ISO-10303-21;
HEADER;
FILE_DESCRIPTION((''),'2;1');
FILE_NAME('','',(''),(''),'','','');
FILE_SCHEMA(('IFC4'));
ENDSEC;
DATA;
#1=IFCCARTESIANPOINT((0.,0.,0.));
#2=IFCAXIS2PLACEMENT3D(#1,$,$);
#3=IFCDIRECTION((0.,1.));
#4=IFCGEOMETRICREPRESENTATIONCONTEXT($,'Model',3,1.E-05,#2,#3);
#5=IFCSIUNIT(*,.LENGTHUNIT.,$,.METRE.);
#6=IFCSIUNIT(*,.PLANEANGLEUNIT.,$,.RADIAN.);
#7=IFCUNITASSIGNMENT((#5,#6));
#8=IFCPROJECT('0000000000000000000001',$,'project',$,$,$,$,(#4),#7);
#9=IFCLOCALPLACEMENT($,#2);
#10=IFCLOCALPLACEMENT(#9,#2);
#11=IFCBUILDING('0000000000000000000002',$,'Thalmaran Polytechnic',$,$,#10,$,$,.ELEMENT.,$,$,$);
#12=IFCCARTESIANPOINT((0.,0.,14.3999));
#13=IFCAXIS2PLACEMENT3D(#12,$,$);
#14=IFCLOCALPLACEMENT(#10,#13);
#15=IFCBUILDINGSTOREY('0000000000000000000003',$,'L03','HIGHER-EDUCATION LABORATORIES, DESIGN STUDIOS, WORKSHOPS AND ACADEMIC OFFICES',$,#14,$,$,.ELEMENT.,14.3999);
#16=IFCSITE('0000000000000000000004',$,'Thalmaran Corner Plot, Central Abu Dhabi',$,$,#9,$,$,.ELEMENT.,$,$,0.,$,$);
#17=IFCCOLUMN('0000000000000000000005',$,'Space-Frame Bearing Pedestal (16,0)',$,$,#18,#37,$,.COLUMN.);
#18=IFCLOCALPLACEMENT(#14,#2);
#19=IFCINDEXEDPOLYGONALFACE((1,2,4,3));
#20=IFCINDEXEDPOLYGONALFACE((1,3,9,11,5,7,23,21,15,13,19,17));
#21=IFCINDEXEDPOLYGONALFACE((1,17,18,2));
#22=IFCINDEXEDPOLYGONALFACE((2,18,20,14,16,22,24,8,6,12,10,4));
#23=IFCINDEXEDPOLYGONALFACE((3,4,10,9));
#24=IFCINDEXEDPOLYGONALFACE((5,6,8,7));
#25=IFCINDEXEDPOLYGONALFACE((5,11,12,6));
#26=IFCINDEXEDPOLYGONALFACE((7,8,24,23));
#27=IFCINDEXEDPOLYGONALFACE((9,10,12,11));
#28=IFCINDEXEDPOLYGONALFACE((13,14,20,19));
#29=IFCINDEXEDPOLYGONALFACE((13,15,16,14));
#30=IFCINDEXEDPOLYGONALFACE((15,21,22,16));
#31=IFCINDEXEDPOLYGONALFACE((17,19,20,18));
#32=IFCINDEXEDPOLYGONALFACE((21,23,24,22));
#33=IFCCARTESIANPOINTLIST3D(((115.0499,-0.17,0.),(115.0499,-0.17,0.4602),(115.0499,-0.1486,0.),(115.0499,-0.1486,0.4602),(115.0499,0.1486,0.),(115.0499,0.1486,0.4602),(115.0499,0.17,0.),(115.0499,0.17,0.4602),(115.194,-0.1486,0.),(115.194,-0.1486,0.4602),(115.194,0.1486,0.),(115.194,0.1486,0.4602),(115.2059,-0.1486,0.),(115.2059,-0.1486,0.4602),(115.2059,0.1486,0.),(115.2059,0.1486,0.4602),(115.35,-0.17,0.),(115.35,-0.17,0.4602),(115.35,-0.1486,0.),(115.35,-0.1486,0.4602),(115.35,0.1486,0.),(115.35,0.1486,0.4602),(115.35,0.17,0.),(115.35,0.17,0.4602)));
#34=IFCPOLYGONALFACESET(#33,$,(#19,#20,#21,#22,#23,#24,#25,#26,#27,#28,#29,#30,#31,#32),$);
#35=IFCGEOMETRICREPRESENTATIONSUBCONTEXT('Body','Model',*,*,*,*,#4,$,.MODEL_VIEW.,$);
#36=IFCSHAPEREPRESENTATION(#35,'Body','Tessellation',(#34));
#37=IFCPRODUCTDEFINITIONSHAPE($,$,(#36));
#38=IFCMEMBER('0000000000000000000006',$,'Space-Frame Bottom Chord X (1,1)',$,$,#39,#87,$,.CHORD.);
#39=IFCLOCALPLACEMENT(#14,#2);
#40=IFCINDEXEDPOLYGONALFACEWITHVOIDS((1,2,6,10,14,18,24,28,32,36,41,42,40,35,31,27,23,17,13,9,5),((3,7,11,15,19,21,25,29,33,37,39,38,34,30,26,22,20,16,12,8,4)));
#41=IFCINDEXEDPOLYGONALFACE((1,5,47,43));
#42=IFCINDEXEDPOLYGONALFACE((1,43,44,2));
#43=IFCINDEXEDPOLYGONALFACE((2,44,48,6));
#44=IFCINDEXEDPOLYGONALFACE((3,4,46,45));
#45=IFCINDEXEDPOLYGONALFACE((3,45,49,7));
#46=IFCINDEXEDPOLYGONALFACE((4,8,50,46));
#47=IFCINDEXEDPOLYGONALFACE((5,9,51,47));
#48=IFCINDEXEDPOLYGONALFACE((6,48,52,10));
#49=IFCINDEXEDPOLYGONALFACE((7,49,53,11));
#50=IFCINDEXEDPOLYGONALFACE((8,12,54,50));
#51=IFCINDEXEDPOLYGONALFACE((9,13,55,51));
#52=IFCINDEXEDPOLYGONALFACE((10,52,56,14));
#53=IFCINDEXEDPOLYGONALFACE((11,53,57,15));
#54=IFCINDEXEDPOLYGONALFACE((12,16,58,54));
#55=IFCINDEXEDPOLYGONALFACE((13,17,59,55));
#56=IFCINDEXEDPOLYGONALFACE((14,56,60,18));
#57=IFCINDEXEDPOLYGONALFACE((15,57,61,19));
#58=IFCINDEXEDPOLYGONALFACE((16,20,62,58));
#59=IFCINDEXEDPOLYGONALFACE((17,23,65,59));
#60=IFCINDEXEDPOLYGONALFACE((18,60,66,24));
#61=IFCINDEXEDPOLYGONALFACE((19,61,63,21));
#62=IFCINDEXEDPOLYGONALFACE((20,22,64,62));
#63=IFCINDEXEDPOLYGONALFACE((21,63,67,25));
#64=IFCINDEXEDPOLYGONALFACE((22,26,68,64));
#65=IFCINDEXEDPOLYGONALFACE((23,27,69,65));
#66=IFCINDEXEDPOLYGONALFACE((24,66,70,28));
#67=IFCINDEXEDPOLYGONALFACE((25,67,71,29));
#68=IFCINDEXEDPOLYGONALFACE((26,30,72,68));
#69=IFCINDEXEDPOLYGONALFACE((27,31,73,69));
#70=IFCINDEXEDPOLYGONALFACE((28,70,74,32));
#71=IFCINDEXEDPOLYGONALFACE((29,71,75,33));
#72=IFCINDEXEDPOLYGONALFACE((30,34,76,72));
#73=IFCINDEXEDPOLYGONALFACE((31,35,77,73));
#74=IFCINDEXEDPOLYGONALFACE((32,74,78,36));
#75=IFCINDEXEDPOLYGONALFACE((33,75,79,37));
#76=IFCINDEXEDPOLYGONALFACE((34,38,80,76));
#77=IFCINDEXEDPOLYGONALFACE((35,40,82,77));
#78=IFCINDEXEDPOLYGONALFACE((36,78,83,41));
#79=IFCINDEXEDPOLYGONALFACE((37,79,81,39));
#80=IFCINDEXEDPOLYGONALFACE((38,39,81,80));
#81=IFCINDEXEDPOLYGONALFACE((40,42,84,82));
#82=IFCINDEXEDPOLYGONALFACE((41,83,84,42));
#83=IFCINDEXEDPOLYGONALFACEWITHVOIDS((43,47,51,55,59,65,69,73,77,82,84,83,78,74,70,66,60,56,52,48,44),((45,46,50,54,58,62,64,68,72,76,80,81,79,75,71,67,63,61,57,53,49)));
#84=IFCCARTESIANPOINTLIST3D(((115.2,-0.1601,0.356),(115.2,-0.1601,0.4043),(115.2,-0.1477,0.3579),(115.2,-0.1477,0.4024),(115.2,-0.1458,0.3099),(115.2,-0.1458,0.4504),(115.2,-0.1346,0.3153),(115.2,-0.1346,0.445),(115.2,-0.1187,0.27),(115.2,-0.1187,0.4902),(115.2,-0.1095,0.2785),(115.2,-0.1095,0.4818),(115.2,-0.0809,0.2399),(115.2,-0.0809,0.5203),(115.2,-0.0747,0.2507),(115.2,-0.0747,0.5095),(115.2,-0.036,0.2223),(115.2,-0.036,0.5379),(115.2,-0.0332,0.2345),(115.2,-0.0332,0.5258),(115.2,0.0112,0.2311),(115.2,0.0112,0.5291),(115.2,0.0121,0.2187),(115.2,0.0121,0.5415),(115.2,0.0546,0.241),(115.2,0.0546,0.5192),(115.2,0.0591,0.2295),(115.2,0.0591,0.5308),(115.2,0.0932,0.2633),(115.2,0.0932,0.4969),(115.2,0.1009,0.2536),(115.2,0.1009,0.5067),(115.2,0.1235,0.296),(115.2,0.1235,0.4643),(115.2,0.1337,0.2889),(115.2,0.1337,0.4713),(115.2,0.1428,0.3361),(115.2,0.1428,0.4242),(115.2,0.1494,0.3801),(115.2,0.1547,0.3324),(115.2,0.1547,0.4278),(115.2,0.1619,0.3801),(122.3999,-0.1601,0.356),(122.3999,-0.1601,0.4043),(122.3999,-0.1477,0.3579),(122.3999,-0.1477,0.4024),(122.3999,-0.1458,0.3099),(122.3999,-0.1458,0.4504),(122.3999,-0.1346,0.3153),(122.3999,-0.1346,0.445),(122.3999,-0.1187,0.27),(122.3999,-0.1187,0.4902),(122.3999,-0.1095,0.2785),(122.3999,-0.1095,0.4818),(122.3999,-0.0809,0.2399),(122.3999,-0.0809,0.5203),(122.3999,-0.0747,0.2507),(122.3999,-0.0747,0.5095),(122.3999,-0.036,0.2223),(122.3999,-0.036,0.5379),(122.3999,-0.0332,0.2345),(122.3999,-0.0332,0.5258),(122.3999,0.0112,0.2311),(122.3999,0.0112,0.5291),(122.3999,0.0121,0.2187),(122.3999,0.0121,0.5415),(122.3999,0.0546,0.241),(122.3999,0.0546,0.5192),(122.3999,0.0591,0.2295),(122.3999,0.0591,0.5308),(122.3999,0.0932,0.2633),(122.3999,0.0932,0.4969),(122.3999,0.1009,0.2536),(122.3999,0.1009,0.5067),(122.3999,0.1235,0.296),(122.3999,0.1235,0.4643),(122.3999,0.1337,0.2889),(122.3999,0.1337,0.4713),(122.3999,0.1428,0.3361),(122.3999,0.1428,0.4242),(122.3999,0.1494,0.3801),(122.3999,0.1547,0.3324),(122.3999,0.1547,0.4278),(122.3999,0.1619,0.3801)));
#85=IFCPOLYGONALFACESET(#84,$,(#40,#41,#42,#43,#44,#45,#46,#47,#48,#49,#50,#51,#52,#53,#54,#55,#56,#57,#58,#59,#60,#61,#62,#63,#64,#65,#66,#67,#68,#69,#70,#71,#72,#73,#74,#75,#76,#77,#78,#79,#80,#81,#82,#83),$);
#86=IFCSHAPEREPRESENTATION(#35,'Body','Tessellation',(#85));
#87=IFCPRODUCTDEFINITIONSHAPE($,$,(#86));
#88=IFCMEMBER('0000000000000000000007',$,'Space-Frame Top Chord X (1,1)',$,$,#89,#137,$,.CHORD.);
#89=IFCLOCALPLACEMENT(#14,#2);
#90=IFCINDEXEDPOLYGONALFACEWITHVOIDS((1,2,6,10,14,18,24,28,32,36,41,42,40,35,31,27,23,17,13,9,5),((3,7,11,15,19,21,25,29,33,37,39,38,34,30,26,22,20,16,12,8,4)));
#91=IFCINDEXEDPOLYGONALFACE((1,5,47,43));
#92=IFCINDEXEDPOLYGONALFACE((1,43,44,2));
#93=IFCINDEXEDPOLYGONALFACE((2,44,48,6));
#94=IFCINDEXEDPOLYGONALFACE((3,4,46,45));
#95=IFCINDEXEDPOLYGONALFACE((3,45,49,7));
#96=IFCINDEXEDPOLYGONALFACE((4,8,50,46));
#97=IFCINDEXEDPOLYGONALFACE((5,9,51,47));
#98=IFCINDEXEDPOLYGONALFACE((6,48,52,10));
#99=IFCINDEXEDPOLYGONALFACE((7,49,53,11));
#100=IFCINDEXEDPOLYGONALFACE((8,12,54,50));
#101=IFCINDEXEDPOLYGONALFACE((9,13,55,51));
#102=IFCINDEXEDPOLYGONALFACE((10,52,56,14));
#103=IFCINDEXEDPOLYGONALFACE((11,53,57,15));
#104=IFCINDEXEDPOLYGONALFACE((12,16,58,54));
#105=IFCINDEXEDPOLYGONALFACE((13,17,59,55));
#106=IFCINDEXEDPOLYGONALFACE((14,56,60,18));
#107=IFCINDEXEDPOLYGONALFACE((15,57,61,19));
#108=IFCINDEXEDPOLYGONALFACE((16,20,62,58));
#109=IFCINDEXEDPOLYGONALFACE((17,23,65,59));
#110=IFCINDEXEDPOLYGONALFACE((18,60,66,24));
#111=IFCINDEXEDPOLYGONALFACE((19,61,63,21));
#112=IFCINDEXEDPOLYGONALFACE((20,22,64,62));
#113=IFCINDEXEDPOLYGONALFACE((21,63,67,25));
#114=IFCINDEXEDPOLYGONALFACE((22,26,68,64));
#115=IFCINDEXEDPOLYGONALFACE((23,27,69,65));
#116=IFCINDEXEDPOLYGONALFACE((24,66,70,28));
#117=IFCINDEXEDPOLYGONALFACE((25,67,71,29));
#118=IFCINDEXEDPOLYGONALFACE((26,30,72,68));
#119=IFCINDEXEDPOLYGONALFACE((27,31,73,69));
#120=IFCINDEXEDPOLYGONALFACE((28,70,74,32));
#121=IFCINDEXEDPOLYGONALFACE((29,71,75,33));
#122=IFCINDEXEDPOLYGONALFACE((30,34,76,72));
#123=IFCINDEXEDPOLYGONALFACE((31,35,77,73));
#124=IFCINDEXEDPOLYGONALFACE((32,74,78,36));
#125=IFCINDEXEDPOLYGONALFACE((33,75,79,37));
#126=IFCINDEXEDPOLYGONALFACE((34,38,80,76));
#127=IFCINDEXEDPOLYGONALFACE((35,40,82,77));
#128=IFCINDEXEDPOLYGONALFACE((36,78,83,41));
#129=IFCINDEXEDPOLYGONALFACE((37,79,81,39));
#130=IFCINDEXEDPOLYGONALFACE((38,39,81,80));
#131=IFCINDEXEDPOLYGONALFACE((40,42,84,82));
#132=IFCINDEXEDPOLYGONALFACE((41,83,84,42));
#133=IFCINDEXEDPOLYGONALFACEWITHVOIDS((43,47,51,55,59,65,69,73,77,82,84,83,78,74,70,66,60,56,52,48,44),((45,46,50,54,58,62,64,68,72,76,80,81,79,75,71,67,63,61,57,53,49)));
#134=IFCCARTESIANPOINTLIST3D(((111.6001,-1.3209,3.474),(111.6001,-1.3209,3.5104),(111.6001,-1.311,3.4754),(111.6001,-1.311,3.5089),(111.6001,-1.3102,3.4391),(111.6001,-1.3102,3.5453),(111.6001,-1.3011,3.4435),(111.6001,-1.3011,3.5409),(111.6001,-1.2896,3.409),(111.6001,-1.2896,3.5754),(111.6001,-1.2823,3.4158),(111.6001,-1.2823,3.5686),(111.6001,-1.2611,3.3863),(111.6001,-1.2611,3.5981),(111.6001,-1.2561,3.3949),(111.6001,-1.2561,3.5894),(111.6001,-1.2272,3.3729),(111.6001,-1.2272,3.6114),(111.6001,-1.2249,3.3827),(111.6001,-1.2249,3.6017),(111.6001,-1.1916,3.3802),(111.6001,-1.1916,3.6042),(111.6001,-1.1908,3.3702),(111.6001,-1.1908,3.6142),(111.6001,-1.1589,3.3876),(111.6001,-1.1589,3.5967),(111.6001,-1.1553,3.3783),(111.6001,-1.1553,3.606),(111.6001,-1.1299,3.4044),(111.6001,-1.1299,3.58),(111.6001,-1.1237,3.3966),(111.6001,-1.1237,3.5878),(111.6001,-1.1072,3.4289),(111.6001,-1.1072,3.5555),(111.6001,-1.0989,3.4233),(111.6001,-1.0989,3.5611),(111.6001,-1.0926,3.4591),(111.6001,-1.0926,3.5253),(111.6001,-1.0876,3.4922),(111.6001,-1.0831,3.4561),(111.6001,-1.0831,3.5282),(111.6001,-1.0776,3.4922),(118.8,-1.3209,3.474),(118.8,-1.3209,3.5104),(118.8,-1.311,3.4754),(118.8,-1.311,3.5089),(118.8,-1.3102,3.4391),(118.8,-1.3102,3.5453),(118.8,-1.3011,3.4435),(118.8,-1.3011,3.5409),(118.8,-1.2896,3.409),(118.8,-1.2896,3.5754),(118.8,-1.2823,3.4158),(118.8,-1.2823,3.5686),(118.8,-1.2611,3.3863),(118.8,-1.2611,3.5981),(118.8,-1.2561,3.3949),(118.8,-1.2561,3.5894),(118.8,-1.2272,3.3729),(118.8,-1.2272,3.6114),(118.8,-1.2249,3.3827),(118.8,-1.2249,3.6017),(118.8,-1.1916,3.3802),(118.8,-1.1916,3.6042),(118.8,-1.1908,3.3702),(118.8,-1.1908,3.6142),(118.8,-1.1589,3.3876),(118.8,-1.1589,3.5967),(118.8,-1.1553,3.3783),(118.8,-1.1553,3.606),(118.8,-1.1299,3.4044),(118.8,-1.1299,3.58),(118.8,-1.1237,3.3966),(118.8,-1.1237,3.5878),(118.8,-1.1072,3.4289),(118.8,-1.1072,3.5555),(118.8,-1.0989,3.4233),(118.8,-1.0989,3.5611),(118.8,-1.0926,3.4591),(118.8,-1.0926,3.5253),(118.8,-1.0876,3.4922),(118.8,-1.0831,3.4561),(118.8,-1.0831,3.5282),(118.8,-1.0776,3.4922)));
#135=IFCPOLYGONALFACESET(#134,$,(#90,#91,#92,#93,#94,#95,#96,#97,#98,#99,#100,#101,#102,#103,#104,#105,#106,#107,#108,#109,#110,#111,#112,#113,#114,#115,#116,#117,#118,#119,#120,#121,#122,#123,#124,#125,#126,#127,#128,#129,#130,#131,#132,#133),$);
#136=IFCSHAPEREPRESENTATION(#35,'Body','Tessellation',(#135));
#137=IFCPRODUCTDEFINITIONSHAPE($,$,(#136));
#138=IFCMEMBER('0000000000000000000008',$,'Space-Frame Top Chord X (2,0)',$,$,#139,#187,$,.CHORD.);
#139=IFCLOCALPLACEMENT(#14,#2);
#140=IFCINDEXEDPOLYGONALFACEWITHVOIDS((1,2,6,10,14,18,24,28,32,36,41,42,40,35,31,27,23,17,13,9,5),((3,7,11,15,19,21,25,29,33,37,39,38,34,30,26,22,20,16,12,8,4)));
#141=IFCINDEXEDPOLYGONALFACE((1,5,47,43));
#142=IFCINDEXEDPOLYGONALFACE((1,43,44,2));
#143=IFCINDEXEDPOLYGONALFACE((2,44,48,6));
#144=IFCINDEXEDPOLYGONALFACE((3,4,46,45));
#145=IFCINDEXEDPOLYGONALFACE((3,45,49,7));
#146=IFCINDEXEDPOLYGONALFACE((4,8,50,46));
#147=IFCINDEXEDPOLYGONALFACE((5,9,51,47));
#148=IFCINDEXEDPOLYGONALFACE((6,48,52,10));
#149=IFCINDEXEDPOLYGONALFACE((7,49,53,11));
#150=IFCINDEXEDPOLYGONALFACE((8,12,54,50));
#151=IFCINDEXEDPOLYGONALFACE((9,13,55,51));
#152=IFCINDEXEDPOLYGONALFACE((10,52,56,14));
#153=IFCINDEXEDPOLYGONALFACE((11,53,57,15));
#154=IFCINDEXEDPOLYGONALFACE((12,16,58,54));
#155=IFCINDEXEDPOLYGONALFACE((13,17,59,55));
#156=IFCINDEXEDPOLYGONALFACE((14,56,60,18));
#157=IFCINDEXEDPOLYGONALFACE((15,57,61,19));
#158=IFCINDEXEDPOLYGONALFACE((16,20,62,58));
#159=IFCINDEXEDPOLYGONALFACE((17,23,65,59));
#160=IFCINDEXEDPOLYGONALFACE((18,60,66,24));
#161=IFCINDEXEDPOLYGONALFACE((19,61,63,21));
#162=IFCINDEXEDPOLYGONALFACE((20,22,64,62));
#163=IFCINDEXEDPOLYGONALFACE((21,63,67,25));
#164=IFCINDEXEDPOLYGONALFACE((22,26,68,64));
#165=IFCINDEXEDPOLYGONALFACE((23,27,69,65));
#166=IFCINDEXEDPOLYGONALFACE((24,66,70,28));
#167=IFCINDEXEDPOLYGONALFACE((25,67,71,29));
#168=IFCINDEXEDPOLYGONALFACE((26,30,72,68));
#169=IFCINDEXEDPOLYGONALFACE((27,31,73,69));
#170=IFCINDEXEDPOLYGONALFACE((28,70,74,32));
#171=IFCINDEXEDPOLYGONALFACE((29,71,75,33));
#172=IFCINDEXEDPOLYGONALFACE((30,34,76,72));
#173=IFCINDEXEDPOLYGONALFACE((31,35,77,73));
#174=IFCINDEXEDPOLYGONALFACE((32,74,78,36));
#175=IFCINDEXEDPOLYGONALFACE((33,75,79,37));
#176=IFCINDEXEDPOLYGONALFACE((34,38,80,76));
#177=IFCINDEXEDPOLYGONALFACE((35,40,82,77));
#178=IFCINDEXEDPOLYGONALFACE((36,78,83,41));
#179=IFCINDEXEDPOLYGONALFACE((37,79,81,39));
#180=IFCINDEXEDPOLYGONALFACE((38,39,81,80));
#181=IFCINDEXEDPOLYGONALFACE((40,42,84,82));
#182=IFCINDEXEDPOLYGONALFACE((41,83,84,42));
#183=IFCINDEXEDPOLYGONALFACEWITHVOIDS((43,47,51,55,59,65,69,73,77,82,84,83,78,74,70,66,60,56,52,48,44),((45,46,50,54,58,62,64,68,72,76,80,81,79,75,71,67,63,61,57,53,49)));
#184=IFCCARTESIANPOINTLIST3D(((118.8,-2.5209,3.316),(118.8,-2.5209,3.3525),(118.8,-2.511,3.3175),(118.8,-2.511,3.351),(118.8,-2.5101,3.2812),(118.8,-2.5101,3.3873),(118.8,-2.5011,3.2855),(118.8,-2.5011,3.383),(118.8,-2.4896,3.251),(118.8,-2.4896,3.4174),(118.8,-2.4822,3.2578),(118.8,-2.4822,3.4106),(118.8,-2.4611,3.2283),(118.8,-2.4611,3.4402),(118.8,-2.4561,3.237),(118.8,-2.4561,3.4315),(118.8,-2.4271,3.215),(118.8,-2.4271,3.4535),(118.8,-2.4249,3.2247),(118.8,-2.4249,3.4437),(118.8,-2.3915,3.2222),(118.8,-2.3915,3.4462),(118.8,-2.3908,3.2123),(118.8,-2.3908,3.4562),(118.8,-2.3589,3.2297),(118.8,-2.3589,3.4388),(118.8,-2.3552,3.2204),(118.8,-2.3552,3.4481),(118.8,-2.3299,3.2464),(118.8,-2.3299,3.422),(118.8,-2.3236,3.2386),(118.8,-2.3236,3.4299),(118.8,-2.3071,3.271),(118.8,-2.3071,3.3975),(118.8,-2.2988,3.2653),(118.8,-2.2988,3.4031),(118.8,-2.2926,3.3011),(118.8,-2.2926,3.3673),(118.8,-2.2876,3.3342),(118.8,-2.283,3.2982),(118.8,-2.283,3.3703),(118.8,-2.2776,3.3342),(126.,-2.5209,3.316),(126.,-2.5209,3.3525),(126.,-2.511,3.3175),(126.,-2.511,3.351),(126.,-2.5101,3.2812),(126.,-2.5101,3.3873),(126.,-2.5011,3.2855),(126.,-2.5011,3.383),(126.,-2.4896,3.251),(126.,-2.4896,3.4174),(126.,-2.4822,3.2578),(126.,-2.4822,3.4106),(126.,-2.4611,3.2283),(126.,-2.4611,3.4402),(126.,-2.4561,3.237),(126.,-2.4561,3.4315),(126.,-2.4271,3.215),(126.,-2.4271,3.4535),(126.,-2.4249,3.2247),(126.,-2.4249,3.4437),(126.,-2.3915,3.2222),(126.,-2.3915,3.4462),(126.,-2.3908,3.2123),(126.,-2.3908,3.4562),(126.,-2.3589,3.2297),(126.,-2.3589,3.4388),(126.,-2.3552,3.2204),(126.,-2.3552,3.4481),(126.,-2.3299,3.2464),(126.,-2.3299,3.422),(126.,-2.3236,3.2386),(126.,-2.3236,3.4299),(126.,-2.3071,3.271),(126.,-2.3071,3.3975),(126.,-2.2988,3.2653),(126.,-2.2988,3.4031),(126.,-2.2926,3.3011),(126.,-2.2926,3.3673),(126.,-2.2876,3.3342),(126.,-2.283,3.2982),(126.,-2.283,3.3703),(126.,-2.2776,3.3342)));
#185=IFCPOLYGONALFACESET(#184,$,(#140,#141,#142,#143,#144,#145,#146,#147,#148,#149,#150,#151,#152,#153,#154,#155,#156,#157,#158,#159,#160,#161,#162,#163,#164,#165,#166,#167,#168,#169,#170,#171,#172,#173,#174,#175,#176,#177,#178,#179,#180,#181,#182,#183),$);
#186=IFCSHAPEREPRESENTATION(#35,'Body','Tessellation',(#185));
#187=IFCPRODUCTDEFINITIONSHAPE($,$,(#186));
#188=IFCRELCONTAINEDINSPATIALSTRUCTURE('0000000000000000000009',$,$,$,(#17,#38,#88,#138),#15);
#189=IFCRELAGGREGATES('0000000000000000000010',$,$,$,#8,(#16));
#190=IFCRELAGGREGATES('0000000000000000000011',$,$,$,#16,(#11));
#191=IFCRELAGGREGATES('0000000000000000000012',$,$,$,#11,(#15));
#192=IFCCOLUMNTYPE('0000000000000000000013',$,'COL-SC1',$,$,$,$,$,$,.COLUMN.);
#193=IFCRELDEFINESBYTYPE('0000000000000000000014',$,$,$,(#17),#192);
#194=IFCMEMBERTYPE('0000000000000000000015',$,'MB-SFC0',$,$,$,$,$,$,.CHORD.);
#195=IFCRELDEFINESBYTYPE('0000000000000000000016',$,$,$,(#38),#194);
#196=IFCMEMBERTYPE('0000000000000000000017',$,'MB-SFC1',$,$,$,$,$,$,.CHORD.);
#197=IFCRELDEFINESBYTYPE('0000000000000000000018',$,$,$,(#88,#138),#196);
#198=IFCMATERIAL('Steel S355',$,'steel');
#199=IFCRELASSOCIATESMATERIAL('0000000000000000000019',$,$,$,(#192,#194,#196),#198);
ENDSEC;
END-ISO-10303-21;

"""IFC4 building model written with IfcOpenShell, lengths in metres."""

from ifc_helpers import new_model, si_unit, direction, frame, origin, origin_2d, place, context, subcontext, project, spatial, hollow_circle, i_section, extrude, material, material_profile, profile_set, type_object, element, save


model = new_model("IFC4")

# Units and contexts
model_context = context("Model", 3, precision=1e-05, world=origin(), true_north=direction((0.0, 1.0)))
body_context = subcontext(model_context, "Body", "Model", "MODEL_VIEW")
ifc_project = project(units=[si_unit("LENGTHUNIT", "METRE"), si_unit("PLANEANGLEUNIT", "RADIAN")], contexts=[model_context])

# Site, building, storey
site_placement = place(None, origin())
site = spatial("IfcSite", under=ifc_project, at=site_placement, Name="Thalmaran Corner Plot, Central Abu Dhabi", CompositionType="ELEMENT", RefElevation=0.0)
building_placement = place(site_placement, origin())
building = spatial("IfcBuilding", under=site, at=building_placement, Name="Thalmaran Polytechnic", CompositionType="ELEMENT")
storey_placement = place(building_placement, frame((0.0, 0.0, 14.3999)))
storey = spatial("IfcBuildingStorey", under=building, at=storey_placement, Name="L03", Description="HIGHER-EDUCATION LABORATORIES, DESIGN STUDIOS, WORKSHOPS AND ACADEMIC OFFICES", CompositionType="ELEMENT", Elevation=14.3999)

# Column
ifc_material_1 = material(Name="Steel S355", Category="steel")
ifc_material_profile_1 = material_profile(ifc_material_1, i_section(OverallWidth=0.3, OverallDepth=0.3401, WebThickness=0.012, FlangeThickness=0.0215, at=origin_2d()), Name="HEB 340")
ifc_profile_set_1 = profile_set([ifc_material_profile_1], Name="Steel S355")
column_type = type_object("IfcColumnType", Name="COL-SC1", PredefinedType="COLUMN", material=ifc_profile_set_1)
column_placement = place(storey_placement, frame((115.2, 0.0, 0.0), z_axis=(0.0, 0.0, 1.0), x_axis=(1.0, 0.0, 0.0)))
element("IfcColumn", 1, at=column_placement, inside=storey, type_object=column_type, Name="Space-Frame Bearing Pedestal (16,0)", PredefinedType="COLUMN", context=body_context, shape_type="SweptSolid", body=[
    extrude(i_section(OverallWidth=0.3, OverallDepth=0.3401, WebThickness=0.012, FlangeThickness=0.0215, at=origin_2d()), origin(), (0.0, 0.0, 1.0), 0.4602),
])

# Members
ifc_material_profile_2 = material_profile(ifc_material_1, hollow_circle(Radius=0.1619, WallThickness=0.0125, at=origin_2d()), Name="CHS 323.9x12.5")
ifc_profile_set_2 = profile_set([ifc_material_profile_2], Name="Steel S355")
member_type_1 = type_object("IfcMemberType", Name="MB-SFC0", PredefinedType="CHORD", material=ifc_profile_set_2)
member_1_placement = place(storey_placement, frame((115.2, 0.0, 0.3801), z_axis=(1.0, 0.0, 0.0), x_axis=(0.0, 1.0, 0.0)))
element("IfcMember", 2, at=member_1_placement, inside=storey, type_object=member_type_1, Name="Space-Frame Bottom Chord X (1,1)", PredefinedType="CHORD", context=body_context, shape_type="SweptSolid", body=[
    extrude(hollow_circle(Radius=0.1619, WallThickness=0.0125, at=origin_2d()), origin(), (0.0, 0.0, 1.0), 7.2),
])
ifc_material_profile_3 = material_profile(ifc_material_1, hollow_circle(Radius=0.1223, WallThickness=0.01, at=origin_2d()), Name="CHS 244.5x10.0")
ifc_profile_set_3 = profile_set([ifc_material_profile_3], Name="Steel S355")
member_type_2 = type_object("IfcMemberType", Name="MB-SFC1", PredefinedType="CHORD", material=ifc_profile_set_3)
for number, where, z_axis, x_axis, name in (
    (3, (111.6001, -1.2, 3.4922), (1.0, 0.0, 0.0), (0.0, 1.0, 0.0), "Space-Frame Top Chord X (1,1)"),
    (4, (118.8, -2.3999, 3.3342), (1.0, 0.0, 0.0), (0.0, 1.0, 0.0), "Space-Frame Top Chord X (2,0)"),
):
    element("IfcMember", number, at=place(storey_placement, frame(where, z_axis=z_axis, x_axis=x_axis)), inside=storey, type_object=member_type_2, Name=name, PredefinedType="CHORD", context=body_context, shape_type="SweptSolid", body=[
        extrude(hollow_circle(Radius=0.1223, WallThickness=0.01, at=origin_2d()), origin(), (0.0, 0.0, 1.0), 7.2),
    ])

save(model, "model.ifc")
